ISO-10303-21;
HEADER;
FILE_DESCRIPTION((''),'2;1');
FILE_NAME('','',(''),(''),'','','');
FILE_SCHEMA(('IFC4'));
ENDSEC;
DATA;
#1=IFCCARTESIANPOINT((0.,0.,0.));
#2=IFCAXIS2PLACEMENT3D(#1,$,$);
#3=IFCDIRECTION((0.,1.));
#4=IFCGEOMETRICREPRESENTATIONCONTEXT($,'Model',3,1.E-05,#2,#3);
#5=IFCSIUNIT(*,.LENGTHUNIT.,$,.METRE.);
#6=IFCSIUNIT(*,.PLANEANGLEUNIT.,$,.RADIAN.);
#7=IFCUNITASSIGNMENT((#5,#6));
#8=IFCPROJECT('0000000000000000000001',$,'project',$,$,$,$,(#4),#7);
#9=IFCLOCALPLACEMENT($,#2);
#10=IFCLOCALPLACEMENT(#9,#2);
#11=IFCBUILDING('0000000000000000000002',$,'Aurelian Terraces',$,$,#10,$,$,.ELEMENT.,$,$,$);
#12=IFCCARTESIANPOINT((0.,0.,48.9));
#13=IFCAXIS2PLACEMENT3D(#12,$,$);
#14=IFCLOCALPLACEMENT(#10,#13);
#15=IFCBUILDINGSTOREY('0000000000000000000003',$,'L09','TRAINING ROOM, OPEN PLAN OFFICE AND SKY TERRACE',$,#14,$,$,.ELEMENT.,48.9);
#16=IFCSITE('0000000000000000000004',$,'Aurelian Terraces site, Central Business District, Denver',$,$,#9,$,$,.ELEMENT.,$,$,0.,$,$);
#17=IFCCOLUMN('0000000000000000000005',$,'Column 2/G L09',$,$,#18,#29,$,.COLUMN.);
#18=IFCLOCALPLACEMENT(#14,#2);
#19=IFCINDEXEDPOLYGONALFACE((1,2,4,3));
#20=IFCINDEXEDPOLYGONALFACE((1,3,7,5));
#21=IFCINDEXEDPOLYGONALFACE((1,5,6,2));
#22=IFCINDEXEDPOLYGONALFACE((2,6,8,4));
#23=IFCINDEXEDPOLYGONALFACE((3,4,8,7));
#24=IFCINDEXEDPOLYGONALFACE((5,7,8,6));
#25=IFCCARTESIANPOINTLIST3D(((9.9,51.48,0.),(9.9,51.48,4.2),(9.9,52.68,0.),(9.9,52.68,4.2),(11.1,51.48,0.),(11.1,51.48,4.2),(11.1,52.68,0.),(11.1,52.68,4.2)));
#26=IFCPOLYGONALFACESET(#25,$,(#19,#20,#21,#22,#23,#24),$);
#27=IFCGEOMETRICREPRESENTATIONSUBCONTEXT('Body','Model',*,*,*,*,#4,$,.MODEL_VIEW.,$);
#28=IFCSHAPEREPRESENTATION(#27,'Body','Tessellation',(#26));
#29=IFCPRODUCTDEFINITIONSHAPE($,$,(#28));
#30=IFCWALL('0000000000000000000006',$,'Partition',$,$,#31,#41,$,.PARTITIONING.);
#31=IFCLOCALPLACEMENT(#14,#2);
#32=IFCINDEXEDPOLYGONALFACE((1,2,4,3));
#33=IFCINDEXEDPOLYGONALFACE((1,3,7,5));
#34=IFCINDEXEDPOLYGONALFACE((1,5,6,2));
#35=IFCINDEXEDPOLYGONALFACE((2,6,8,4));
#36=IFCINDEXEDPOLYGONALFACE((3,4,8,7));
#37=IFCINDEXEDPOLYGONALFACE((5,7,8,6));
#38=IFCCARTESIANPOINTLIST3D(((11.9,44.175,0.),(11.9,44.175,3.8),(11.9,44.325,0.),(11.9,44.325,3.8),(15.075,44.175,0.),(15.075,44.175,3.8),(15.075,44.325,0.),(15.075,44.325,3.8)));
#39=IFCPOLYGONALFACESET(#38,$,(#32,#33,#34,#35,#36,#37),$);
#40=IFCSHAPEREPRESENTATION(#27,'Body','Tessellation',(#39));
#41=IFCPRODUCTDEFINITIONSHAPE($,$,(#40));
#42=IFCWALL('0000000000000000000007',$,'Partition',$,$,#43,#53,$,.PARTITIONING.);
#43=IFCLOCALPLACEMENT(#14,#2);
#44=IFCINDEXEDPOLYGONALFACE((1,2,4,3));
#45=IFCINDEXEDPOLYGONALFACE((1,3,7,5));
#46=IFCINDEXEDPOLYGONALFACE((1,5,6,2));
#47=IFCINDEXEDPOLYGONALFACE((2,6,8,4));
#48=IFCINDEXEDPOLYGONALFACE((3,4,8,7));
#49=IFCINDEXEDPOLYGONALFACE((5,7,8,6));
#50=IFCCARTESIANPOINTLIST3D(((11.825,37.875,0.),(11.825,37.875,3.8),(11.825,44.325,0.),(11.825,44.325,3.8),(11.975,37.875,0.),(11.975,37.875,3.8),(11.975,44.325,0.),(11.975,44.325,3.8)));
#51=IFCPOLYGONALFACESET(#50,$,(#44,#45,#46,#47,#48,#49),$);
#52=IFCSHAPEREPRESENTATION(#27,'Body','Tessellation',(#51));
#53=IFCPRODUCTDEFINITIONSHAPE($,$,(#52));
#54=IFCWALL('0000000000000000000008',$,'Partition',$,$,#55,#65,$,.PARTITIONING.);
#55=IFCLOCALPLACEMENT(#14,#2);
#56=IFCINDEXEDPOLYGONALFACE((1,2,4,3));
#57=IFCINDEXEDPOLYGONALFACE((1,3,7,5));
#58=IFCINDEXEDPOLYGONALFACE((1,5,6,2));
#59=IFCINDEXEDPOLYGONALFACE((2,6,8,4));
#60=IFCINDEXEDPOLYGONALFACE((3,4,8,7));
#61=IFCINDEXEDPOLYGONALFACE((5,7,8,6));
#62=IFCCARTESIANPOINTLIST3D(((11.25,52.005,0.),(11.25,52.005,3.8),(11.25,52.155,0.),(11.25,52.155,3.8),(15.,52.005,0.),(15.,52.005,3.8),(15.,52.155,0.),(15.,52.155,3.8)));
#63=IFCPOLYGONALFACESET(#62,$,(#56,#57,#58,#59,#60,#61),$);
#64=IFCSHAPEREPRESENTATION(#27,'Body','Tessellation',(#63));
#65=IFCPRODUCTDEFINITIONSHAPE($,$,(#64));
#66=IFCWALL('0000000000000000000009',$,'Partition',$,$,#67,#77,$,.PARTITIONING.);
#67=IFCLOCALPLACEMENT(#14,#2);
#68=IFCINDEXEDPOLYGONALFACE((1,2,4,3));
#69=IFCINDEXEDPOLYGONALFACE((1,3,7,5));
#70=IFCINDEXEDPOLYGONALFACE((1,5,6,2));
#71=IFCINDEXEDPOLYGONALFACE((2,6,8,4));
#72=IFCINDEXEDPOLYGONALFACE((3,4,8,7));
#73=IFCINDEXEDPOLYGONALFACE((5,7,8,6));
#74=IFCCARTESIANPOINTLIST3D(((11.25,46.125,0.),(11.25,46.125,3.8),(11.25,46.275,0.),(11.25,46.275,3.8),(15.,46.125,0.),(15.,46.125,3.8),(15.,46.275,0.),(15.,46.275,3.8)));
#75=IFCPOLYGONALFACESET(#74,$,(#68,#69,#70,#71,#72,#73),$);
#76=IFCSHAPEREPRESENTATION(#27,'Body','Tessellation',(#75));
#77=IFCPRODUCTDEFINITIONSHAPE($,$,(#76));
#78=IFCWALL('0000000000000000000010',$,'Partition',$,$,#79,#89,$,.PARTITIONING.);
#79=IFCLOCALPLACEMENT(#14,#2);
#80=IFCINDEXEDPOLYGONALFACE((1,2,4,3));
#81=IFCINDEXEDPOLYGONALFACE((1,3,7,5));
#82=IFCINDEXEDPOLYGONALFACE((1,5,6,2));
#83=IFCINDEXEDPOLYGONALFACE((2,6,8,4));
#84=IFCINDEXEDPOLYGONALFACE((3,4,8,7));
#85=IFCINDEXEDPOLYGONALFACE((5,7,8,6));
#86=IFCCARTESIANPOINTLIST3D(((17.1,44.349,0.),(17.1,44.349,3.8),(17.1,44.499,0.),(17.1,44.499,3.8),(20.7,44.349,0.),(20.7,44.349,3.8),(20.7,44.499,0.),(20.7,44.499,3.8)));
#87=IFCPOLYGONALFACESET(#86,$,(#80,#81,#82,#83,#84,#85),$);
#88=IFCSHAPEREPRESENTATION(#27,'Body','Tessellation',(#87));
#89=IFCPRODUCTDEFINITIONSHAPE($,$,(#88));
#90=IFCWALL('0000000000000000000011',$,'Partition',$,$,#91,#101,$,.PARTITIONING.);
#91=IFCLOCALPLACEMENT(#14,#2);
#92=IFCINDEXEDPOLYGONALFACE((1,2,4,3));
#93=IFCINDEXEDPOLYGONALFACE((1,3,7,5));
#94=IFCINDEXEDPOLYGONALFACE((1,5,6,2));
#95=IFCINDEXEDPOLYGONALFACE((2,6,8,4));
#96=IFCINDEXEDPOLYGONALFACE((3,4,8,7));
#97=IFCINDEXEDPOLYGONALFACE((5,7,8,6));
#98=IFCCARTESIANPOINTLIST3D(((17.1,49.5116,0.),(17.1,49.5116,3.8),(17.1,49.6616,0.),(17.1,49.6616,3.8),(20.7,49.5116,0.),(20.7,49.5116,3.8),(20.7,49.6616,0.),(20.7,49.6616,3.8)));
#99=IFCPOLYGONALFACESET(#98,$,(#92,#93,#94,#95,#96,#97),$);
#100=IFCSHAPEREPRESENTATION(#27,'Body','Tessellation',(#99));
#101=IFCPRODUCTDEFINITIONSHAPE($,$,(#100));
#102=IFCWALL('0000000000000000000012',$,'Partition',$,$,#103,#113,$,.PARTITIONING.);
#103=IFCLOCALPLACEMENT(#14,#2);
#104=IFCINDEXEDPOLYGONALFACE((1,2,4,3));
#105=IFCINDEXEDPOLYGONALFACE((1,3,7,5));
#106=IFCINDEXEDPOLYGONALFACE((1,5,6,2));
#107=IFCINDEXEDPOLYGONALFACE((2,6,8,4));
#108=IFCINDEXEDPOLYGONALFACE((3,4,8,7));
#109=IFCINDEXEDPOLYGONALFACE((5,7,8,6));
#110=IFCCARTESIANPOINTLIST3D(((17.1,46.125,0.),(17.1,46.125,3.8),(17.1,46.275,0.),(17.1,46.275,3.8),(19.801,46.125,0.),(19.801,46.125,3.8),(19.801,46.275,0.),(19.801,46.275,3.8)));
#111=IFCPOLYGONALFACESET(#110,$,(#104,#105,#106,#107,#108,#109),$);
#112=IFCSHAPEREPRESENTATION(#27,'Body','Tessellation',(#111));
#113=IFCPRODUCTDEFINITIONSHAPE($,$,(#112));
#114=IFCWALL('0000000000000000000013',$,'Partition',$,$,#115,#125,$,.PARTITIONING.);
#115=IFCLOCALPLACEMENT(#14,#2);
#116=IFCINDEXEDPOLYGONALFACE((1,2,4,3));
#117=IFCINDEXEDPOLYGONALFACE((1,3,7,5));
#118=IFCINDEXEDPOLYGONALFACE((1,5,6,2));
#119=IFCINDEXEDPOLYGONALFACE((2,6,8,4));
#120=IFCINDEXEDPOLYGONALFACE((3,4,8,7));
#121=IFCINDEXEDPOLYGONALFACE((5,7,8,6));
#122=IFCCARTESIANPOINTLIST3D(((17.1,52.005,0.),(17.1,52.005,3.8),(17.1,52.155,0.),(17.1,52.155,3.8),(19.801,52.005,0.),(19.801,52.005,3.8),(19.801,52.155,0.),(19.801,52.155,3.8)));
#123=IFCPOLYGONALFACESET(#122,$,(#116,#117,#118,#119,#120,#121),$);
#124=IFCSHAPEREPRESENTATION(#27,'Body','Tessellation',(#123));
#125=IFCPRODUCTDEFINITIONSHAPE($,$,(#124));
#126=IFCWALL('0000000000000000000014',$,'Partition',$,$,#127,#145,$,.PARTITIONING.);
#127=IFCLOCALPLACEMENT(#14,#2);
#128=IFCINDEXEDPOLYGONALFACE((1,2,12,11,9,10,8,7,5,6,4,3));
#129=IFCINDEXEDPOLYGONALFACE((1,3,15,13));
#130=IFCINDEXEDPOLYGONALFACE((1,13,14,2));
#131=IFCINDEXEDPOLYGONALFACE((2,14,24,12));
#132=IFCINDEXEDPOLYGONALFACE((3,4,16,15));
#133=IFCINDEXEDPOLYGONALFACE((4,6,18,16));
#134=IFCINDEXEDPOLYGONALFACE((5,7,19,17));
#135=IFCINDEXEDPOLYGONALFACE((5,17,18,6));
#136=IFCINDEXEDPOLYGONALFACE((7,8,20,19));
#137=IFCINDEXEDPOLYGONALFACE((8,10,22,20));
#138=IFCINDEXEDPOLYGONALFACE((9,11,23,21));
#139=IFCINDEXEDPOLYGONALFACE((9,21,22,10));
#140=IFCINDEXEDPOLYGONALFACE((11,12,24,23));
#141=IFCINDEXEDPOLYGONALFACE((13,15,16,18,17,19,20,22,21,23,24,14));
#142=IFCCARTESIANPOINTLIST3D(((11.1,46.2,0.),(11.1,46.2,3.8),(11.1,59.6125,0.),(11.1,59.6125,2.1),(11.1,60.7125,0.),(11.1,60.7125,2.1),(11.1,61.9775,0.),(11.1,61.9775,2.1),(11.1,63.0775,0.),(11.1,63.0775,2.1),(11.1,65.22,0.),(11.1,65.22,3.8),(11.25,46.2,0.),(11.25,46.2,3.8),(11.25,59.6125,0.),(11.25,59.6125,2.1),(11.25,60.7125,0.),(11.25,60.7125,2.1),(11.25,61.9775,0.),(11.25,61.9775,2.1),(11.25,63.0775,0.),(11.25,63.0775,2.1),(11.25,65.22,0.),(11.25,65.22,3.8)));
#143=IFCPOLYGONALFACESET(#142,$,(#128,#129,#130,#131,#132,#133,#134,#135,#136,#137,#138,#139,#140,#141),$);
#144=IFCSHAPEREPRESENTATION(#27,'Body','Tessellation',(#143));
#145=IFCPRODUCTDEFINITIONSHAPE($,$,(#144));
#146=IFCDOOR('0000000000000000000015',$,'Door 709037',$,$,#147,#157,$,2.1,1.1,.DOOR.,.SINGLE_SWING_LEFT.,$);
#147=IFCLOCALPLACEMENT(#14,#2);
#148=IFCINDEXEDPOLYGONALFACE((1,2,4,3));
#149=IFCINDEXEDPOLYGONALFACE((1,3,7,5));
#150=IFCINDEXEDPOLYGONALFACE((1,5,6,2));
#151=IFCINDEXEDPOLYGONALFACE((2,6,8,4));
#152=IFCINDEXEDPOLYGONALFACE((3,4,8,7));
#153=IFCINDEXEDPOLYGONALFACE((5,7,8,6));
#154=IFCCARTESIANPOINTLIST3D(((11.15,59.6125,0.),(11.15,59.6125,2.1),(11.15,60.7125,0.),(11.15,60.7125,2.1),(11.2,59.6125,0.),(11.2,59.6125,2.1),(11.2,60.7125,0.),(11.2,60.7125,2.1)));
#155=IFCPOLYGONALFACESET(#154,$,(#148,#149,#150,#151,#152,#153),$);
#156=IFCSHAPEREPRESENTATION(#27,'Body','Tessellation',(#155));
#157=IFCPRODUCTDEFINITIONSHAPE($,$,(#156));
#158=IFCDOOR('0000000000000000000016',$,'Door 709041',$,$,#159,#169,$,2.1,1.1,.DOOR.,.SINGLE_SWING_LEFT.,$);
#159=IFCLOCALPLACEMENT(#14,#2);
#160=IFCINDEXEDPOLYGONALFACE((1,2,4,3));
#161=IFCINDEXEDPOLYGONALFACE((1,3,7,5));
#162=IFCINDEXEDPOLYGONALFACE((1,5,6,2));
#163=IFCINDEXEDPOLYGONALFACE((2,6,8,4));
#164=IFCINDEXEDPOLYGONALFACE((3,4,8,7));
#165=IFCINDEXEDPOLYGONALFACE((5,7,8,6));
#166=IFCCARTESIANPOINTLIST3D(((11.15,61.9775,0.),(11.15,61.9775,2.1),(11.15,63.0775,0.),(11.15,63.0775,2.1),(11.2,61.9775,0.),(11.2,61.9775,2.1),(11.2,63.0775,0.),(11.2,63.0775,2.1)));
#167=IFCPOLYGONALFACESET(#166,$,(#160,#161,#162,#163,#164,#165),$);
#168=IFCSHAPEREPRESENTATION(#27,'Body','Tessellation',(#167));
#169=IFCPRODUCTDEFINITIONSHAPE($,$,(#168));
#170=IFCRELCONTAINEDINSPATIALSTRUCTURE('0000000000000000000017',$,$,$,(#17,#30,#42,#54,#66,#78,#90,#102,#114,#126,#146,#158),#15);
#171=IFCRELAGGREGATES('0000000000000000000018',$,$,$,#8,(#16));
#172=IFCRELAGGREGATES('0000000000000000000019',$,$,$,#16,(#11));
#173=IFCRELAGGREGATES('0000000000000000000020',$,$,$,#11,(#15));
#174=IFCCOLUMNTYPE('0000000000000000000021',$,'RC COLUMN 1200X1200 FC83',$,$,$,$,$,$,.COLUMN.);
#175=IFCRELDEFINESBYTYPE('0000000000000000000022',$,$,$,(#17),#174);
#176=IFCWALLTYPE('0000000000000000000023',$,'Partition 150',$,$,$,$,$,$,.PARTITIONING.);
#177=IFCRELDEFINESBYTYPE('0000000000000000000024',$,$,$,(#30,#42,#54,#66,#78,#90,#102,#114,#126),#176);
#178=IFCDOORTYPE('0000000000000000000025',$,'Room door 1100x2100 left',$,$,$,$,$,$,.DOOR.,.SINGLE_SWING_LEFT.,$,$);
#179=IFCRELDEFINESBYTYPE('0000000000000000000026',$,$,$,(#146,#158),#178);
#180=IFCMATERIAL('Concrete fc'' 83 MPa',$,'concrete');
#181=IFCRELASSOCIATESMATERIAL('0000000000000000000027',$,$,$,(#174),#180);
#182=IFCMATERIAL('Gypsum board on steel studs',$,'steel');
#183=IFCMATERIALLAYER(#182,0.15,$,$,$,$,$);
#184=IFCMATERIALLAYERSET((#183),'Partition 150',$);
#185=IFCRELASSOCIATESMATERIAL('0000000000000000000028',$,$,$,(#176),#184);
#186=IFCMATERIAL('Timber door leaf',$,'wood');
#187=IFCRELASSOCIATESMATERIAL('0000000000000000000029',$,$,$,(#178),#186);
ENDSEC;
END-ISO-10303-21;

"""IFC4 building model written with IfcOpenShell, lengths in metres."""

from ifc_helpers import new_model, si_unit, direction, frame, frame_2d, origin, origin_2d, place, context, subcontext, project, spatial, rectangle, extrude, source, transform, mapped, material, layer, layer_set, material_profile, profile_set, type_object, element, fill, save


model = new_model("IFC4")

# Units and contexts
model_context = context("Model", 3, precision=1e-05, world=origin(), true_north=direction((0.0, 1.0)))
body_context = subcontext(model_context, "Body", "Model", "MODEL_VIEW")
ifc_project = project(units=[si_unit("LENGTHUNIT", "METRE"), si_unit("PLANEANGLEUNIT", "RADIAN")], contexts=[model_context])

# Site, building, storey
site_placement = place(None, origin())
site = spatial("IfcSite", under=ifc_project, at=site_placement, Name="Aurelian Terraces site, Central Business District, Denver", CompositionType="ELEMENT", RefElevation=0.0)
building_placement = place(site_placement, origin())
building = spatial("IfcBuilding", under=site, at=building_placement, Name="Aurelian Terraces", CompositionType="ELEMENT")
storey_placement = place(building_placement, frame((0.0, 0.0, 48.9)))
storey = spatial("IfcBuildingStorey", under=building, at=storey_placement, Name="L09", Description="TRAINING ROOM, OPEN PLAN OFFICE AND SKY TERRACE", CompositionType="ELEMENT", Elevation=48.9)

# Column
ifc_material_1 = material(Name="Concrete fc' 83 MPa", Category="concrete")
ifc_material_profile = material_profile(ifc_material_1, rectangle(XDim=1.2, YDim=1.2, at=origin_2d()))
ifc_profile_set = profile_set([ifc_material_profile], Name="Concrete fc' 83 MPa")
column_type = type_object("IfcColumnType", Name="RC COLUMN 1200X1200 FC83", PredefinedType="COLUMN", material=ifc_profile_set)
shared_shape_1 = source(origin(), body_context, "Body", "SweptSolid", [
    extrude(rectangle(XDim=1.2, YDim=1.2, at=origin_2d()), origin(), (0.0, 0.0, 1.0), 4.2),
])
column_placement = place(storey_placement, frame((10.5, 52.08, 0.0), z_axis=(0.0, 0.0, 1.0), x_axis=(1.0, 0.0, 0.0)))
element("IfcColumn", 1, at=column_placement, inside=storey, type_object=column_type, Name="Column 2/G L09", PredefinedType="COLUMN", context=body_context, shape_type="MappedRepresentation", body=[
    mapped(shared_shape_1, transform((0.0, 0.0, 0.0), scale=1.0)),
])

# Walls
ifc_material_2 = material(Name="Gypsum board on steel studs", Category="steel")
ifc_layer_1 = layer(ifc_material_2, 0.15)
ifc_layer_set_1 = layer_set([ifc_layer_1], Name="Partition 150")
wall_type_1 = type_object("IfcWallType", Name="Partition 150", PredefinedType="PARTITIONING", material=ifc_layer_set_1)
wall_1_placement = place(storey_placement, frame((15.075, 44.25, 0.0), z_axis=(0.0, 0.0, 1.0), x_axis=(-1.0, 0.0, 0.0)))
element("IfcWall", 2, at=wall_1_placement, inside=storey, type_object=wall_type_1, Name="Partition", PredefinedType="PARTITIONING", context=body_context, shape_type="SweptSolid", body=[
    extrude(rectangle(XDim=3.175, YDim=0.15, at=frame_2d((1.5875, 0.0))), origin(), (0.0, 0.0, 1.0), 3.8),
])
shared_shape_2 = source(origin(), body_context, "Body", "SweptSolid", [
    extrude(rectangle(XDim=6.45, YDim=0.15, at=frame_2d((3.225, 0.0))), origin(), (0.0, 0.0, 1.0), 3.8),
])
wall_2_placement = place(storey_placement, frame((11.9, 44.325, 0.0), z_axis=(0.0, 0.0, 1.0), x_axis=(0.0, -1.0, 0.0)))
element("IfcWall", 3, at=wall_2_placement, inside=storey, type_object=wall_type_1, Name="Partition", PredefinedType="PARTITIONING", context=body_context, shape_type="MappedRepresentation", body=[
    mapped(shared_shape_2, transform((0.0, 0.0, 0.0), scale=1.0)),
])
shared_shape_3 = source(origin(), body_context, "Body", "SweptSolid", [
    extrude(rectangle(XDim=3.75, YDim=0.15, at=frame_2d((1.875, 0.0))), origin(), (0.0, 0.0, 1.0), 3.8),
])
for number, where, z_axis, x_axis, name in (
    (4, (15.0, 52.08, 0.0), (0.0, 0.0, 1.0), (-1.0, 0.0, 0.0), "Partition"),
    (5, (15.0, 46.2, 0.0), (0.0, 0.0, 1.0), (-1.0, 0.0, 0.0), "Partition"),
):
    element("IfcWall", number, at=place(storey_placement, frame(where, z_axis=z_axis, x_axis=x_axis)), inside=storey, type_object=wall_type_1, Name=name, PredefinedType="PARTITIONING", context=body_context, shape_type="MappedRepresentation", body=[
        mapped(shared_shape_3, transform((0.0, 0.0, 0.0), scale=1.0)),
    ])
shared_shape_4 = source(origin(), body_context, "Body", "SweptSolid", [
    extrude(rectangle(XDim=3.6, YDim=0.15, at=frame_2d((1.8, 0.0))), origin(), (0.0, 0.0, 1.0), 3.8),
])
for number, where, z_axis, x_axis, name in (
    (6, (17.1, 44.424, 0.0), (0.0, 0.0, 1.0), (1.0, 0.0, 0.0), "Partition"),
    (7, (17.1, 49.5866, 0.0), (0.0, 0.0, 1.0), (1.0, 0.0, 0.0), "Partition"),
):
    element("IfcWall", number, at=place(storey_placement, frame(where, z_axis=z_axis, x_axis=x_axis)), inside=storey, type_object=wall_type_1, Name=name, PredefinedType="PARTITIONING", context=body_context, shape_type="MappedRepresentation", body=[
        mapped(shared_shape_4, transform((0.0, 0.0, 0.0), scale=1.0)),
    ])
shared_shape_5 = source(origin(), body_context, "Body", "SweptSolid", [
    extrude(rectangle(XDim=2.701, YDim=0.15, at=frame_2d((1.3505, 0.0))), origin(), (0.0, 0.0, 1.0), 3.8),
])
for number, where, z_axis, x_axis, name in (
    (8, (19.801, 46.2, 0.0), (0.0, 0.0, 1.0), (-1.0, 0.0, 0.0), "Partition"),
    (9, (19.801, 52.08, 0.0), (0.0, 0.0, 1.0), (-1.0, 0.0, 0.0), "Partition"),
):
    element("IfcWall", number, at=place(storey_placement, frame(where, z_axis=z_axis, x_axis=x_axis)), inside=storey, type_object=wall_type_1, Name=name, PredefinedType="PARTITIONING", context=body_context, shape_type="MappedRepresentation", body=[
        mapped(shared_shape_5, transform((0.0, 0.0, 0.0), scale=1.0)),
    ])

# Wall, openings, doors
shared_shape_6 = source(origin(), body_context, "Body", "SweptSolid", [
    extrude(rectangle(XDim=19.02, YDim=0.15, at=frame_2d((9.51, 0.0))), origin(), (0.0, 0.0, 1.0), 3.8),
])
wall_3_placement = place(storey_placement, frame((11.175, 46.2, 0.0), z_axis=(0.0, 0.0, 1.0), x_axis=(0.0, 1.0, 0.0)))
wall_3 = element("IfcWall", 10, at=wall_3_placement, inside=storey, type_object=wall_type_1, Name="Partition", PredefinedType="PARTITIONING", context=body_context, shape_type="MappedRepresentation", body=[
    mapped(shared_shape_6, transform((0.0, 0.0, 0.0), scale=1.0)),
])
shared_shape_7 = source(origin(), body_context, "Body", "SweptSolid", [
    extrude(rectangle(XDim=1.1, YDim=2.1, at=frame_2d((0.55, 1.05))), frame((0.0, 0.085, 0.0), z_axis=(0.0, -1.0, 0.0), x_axis=(1.0, 0.0, 0.0)), (0.0, 0.0, 1.0), 0.17),
])
opening_1_placement = place(wall_3_placement, frame((13.4125, 0.0, 0.0)))
opening_1 = element("IfcOpeningElement", 11, at=opening_1_placement, cuts=wall_3, PredefinedType="OPENING", context=body_context, shape_type="MappedRepresentation", body=[
    mapped(shared_shape_7, transform((0.0, 0.0, 0.0), scale=1.0)),
])
opening_2_placement = place(wall_3_placement, frame((15.7775, 0.0, 0.0)))
opening_2 = element("IfcOpeningElement", 12, at=opening_2_placement, cuts=wall_3, PredefinedType="OPENING", context=body_context, shape_type="MappedRepresentation", body=[
    mapped(shared_shape_7, transform((0.0, 0.0, 0.0), scale=1.0)),
])
ifc_material_3 = material(Name="Timber door leaf", Category="wood")
door_type_1 = type_object("IfcDoorType", Name="Room door 1100x2100 left", OperationType="SINGLE_SWING_LEFT", PredefinedType="DOOR", material=ifc_material_3)
shared_shape_8 = source(origin(), body_context, "Body", "SweptSolid", [
    extrude(rectangle(XDim=1.1, YDim=2.1, at=frame_2d((0.55, 1.05))), frame((0.0, 0.025, 0.0), z_axis=(0.0, -1.0, 0.0), x_axis=(1.0, 0.0, 0.0)), (0.0, 0.0, 1.0), 0.05),
])
door_1_placement = place(opening_1_placement, origin())
door_1 = element("IfcDoor", 13, at=door_1_placement, inside=storey, type_object=door_type_1, Name="Door 709037", OperationType="SINGLE_SWING_LEFT", OverallHeight=2.1, OverallWidth=1.1, PredefinedType="DOOR", context=body_context, shape_type="MappedRepresentation", body=[
    mapped(shared_shape_8, transform((0.0, 0.0, 0.0), scale=1.0)),
])
fill(opening_1, door_1)
door_2_placement = place(opening_2_placement, origin())
door_2 = element("IfcDoor", 14, at=door_2_placement, inside=storey, type_object=door_type_1, Name="Door 709041", OperationType="SINGLE_SWING_LEFT", OverallHeight=2.1, OverallWidth=1.1, PredefinedType="DOOR", context=body_context, shape_type="MappedRepresentation", body=[
    mapped(shared_shape_8, transform((0.0, 0.0, 0.0), scale=1.0)),
])
fill(opening_2, door_2)

save(model, "model.ifc")
